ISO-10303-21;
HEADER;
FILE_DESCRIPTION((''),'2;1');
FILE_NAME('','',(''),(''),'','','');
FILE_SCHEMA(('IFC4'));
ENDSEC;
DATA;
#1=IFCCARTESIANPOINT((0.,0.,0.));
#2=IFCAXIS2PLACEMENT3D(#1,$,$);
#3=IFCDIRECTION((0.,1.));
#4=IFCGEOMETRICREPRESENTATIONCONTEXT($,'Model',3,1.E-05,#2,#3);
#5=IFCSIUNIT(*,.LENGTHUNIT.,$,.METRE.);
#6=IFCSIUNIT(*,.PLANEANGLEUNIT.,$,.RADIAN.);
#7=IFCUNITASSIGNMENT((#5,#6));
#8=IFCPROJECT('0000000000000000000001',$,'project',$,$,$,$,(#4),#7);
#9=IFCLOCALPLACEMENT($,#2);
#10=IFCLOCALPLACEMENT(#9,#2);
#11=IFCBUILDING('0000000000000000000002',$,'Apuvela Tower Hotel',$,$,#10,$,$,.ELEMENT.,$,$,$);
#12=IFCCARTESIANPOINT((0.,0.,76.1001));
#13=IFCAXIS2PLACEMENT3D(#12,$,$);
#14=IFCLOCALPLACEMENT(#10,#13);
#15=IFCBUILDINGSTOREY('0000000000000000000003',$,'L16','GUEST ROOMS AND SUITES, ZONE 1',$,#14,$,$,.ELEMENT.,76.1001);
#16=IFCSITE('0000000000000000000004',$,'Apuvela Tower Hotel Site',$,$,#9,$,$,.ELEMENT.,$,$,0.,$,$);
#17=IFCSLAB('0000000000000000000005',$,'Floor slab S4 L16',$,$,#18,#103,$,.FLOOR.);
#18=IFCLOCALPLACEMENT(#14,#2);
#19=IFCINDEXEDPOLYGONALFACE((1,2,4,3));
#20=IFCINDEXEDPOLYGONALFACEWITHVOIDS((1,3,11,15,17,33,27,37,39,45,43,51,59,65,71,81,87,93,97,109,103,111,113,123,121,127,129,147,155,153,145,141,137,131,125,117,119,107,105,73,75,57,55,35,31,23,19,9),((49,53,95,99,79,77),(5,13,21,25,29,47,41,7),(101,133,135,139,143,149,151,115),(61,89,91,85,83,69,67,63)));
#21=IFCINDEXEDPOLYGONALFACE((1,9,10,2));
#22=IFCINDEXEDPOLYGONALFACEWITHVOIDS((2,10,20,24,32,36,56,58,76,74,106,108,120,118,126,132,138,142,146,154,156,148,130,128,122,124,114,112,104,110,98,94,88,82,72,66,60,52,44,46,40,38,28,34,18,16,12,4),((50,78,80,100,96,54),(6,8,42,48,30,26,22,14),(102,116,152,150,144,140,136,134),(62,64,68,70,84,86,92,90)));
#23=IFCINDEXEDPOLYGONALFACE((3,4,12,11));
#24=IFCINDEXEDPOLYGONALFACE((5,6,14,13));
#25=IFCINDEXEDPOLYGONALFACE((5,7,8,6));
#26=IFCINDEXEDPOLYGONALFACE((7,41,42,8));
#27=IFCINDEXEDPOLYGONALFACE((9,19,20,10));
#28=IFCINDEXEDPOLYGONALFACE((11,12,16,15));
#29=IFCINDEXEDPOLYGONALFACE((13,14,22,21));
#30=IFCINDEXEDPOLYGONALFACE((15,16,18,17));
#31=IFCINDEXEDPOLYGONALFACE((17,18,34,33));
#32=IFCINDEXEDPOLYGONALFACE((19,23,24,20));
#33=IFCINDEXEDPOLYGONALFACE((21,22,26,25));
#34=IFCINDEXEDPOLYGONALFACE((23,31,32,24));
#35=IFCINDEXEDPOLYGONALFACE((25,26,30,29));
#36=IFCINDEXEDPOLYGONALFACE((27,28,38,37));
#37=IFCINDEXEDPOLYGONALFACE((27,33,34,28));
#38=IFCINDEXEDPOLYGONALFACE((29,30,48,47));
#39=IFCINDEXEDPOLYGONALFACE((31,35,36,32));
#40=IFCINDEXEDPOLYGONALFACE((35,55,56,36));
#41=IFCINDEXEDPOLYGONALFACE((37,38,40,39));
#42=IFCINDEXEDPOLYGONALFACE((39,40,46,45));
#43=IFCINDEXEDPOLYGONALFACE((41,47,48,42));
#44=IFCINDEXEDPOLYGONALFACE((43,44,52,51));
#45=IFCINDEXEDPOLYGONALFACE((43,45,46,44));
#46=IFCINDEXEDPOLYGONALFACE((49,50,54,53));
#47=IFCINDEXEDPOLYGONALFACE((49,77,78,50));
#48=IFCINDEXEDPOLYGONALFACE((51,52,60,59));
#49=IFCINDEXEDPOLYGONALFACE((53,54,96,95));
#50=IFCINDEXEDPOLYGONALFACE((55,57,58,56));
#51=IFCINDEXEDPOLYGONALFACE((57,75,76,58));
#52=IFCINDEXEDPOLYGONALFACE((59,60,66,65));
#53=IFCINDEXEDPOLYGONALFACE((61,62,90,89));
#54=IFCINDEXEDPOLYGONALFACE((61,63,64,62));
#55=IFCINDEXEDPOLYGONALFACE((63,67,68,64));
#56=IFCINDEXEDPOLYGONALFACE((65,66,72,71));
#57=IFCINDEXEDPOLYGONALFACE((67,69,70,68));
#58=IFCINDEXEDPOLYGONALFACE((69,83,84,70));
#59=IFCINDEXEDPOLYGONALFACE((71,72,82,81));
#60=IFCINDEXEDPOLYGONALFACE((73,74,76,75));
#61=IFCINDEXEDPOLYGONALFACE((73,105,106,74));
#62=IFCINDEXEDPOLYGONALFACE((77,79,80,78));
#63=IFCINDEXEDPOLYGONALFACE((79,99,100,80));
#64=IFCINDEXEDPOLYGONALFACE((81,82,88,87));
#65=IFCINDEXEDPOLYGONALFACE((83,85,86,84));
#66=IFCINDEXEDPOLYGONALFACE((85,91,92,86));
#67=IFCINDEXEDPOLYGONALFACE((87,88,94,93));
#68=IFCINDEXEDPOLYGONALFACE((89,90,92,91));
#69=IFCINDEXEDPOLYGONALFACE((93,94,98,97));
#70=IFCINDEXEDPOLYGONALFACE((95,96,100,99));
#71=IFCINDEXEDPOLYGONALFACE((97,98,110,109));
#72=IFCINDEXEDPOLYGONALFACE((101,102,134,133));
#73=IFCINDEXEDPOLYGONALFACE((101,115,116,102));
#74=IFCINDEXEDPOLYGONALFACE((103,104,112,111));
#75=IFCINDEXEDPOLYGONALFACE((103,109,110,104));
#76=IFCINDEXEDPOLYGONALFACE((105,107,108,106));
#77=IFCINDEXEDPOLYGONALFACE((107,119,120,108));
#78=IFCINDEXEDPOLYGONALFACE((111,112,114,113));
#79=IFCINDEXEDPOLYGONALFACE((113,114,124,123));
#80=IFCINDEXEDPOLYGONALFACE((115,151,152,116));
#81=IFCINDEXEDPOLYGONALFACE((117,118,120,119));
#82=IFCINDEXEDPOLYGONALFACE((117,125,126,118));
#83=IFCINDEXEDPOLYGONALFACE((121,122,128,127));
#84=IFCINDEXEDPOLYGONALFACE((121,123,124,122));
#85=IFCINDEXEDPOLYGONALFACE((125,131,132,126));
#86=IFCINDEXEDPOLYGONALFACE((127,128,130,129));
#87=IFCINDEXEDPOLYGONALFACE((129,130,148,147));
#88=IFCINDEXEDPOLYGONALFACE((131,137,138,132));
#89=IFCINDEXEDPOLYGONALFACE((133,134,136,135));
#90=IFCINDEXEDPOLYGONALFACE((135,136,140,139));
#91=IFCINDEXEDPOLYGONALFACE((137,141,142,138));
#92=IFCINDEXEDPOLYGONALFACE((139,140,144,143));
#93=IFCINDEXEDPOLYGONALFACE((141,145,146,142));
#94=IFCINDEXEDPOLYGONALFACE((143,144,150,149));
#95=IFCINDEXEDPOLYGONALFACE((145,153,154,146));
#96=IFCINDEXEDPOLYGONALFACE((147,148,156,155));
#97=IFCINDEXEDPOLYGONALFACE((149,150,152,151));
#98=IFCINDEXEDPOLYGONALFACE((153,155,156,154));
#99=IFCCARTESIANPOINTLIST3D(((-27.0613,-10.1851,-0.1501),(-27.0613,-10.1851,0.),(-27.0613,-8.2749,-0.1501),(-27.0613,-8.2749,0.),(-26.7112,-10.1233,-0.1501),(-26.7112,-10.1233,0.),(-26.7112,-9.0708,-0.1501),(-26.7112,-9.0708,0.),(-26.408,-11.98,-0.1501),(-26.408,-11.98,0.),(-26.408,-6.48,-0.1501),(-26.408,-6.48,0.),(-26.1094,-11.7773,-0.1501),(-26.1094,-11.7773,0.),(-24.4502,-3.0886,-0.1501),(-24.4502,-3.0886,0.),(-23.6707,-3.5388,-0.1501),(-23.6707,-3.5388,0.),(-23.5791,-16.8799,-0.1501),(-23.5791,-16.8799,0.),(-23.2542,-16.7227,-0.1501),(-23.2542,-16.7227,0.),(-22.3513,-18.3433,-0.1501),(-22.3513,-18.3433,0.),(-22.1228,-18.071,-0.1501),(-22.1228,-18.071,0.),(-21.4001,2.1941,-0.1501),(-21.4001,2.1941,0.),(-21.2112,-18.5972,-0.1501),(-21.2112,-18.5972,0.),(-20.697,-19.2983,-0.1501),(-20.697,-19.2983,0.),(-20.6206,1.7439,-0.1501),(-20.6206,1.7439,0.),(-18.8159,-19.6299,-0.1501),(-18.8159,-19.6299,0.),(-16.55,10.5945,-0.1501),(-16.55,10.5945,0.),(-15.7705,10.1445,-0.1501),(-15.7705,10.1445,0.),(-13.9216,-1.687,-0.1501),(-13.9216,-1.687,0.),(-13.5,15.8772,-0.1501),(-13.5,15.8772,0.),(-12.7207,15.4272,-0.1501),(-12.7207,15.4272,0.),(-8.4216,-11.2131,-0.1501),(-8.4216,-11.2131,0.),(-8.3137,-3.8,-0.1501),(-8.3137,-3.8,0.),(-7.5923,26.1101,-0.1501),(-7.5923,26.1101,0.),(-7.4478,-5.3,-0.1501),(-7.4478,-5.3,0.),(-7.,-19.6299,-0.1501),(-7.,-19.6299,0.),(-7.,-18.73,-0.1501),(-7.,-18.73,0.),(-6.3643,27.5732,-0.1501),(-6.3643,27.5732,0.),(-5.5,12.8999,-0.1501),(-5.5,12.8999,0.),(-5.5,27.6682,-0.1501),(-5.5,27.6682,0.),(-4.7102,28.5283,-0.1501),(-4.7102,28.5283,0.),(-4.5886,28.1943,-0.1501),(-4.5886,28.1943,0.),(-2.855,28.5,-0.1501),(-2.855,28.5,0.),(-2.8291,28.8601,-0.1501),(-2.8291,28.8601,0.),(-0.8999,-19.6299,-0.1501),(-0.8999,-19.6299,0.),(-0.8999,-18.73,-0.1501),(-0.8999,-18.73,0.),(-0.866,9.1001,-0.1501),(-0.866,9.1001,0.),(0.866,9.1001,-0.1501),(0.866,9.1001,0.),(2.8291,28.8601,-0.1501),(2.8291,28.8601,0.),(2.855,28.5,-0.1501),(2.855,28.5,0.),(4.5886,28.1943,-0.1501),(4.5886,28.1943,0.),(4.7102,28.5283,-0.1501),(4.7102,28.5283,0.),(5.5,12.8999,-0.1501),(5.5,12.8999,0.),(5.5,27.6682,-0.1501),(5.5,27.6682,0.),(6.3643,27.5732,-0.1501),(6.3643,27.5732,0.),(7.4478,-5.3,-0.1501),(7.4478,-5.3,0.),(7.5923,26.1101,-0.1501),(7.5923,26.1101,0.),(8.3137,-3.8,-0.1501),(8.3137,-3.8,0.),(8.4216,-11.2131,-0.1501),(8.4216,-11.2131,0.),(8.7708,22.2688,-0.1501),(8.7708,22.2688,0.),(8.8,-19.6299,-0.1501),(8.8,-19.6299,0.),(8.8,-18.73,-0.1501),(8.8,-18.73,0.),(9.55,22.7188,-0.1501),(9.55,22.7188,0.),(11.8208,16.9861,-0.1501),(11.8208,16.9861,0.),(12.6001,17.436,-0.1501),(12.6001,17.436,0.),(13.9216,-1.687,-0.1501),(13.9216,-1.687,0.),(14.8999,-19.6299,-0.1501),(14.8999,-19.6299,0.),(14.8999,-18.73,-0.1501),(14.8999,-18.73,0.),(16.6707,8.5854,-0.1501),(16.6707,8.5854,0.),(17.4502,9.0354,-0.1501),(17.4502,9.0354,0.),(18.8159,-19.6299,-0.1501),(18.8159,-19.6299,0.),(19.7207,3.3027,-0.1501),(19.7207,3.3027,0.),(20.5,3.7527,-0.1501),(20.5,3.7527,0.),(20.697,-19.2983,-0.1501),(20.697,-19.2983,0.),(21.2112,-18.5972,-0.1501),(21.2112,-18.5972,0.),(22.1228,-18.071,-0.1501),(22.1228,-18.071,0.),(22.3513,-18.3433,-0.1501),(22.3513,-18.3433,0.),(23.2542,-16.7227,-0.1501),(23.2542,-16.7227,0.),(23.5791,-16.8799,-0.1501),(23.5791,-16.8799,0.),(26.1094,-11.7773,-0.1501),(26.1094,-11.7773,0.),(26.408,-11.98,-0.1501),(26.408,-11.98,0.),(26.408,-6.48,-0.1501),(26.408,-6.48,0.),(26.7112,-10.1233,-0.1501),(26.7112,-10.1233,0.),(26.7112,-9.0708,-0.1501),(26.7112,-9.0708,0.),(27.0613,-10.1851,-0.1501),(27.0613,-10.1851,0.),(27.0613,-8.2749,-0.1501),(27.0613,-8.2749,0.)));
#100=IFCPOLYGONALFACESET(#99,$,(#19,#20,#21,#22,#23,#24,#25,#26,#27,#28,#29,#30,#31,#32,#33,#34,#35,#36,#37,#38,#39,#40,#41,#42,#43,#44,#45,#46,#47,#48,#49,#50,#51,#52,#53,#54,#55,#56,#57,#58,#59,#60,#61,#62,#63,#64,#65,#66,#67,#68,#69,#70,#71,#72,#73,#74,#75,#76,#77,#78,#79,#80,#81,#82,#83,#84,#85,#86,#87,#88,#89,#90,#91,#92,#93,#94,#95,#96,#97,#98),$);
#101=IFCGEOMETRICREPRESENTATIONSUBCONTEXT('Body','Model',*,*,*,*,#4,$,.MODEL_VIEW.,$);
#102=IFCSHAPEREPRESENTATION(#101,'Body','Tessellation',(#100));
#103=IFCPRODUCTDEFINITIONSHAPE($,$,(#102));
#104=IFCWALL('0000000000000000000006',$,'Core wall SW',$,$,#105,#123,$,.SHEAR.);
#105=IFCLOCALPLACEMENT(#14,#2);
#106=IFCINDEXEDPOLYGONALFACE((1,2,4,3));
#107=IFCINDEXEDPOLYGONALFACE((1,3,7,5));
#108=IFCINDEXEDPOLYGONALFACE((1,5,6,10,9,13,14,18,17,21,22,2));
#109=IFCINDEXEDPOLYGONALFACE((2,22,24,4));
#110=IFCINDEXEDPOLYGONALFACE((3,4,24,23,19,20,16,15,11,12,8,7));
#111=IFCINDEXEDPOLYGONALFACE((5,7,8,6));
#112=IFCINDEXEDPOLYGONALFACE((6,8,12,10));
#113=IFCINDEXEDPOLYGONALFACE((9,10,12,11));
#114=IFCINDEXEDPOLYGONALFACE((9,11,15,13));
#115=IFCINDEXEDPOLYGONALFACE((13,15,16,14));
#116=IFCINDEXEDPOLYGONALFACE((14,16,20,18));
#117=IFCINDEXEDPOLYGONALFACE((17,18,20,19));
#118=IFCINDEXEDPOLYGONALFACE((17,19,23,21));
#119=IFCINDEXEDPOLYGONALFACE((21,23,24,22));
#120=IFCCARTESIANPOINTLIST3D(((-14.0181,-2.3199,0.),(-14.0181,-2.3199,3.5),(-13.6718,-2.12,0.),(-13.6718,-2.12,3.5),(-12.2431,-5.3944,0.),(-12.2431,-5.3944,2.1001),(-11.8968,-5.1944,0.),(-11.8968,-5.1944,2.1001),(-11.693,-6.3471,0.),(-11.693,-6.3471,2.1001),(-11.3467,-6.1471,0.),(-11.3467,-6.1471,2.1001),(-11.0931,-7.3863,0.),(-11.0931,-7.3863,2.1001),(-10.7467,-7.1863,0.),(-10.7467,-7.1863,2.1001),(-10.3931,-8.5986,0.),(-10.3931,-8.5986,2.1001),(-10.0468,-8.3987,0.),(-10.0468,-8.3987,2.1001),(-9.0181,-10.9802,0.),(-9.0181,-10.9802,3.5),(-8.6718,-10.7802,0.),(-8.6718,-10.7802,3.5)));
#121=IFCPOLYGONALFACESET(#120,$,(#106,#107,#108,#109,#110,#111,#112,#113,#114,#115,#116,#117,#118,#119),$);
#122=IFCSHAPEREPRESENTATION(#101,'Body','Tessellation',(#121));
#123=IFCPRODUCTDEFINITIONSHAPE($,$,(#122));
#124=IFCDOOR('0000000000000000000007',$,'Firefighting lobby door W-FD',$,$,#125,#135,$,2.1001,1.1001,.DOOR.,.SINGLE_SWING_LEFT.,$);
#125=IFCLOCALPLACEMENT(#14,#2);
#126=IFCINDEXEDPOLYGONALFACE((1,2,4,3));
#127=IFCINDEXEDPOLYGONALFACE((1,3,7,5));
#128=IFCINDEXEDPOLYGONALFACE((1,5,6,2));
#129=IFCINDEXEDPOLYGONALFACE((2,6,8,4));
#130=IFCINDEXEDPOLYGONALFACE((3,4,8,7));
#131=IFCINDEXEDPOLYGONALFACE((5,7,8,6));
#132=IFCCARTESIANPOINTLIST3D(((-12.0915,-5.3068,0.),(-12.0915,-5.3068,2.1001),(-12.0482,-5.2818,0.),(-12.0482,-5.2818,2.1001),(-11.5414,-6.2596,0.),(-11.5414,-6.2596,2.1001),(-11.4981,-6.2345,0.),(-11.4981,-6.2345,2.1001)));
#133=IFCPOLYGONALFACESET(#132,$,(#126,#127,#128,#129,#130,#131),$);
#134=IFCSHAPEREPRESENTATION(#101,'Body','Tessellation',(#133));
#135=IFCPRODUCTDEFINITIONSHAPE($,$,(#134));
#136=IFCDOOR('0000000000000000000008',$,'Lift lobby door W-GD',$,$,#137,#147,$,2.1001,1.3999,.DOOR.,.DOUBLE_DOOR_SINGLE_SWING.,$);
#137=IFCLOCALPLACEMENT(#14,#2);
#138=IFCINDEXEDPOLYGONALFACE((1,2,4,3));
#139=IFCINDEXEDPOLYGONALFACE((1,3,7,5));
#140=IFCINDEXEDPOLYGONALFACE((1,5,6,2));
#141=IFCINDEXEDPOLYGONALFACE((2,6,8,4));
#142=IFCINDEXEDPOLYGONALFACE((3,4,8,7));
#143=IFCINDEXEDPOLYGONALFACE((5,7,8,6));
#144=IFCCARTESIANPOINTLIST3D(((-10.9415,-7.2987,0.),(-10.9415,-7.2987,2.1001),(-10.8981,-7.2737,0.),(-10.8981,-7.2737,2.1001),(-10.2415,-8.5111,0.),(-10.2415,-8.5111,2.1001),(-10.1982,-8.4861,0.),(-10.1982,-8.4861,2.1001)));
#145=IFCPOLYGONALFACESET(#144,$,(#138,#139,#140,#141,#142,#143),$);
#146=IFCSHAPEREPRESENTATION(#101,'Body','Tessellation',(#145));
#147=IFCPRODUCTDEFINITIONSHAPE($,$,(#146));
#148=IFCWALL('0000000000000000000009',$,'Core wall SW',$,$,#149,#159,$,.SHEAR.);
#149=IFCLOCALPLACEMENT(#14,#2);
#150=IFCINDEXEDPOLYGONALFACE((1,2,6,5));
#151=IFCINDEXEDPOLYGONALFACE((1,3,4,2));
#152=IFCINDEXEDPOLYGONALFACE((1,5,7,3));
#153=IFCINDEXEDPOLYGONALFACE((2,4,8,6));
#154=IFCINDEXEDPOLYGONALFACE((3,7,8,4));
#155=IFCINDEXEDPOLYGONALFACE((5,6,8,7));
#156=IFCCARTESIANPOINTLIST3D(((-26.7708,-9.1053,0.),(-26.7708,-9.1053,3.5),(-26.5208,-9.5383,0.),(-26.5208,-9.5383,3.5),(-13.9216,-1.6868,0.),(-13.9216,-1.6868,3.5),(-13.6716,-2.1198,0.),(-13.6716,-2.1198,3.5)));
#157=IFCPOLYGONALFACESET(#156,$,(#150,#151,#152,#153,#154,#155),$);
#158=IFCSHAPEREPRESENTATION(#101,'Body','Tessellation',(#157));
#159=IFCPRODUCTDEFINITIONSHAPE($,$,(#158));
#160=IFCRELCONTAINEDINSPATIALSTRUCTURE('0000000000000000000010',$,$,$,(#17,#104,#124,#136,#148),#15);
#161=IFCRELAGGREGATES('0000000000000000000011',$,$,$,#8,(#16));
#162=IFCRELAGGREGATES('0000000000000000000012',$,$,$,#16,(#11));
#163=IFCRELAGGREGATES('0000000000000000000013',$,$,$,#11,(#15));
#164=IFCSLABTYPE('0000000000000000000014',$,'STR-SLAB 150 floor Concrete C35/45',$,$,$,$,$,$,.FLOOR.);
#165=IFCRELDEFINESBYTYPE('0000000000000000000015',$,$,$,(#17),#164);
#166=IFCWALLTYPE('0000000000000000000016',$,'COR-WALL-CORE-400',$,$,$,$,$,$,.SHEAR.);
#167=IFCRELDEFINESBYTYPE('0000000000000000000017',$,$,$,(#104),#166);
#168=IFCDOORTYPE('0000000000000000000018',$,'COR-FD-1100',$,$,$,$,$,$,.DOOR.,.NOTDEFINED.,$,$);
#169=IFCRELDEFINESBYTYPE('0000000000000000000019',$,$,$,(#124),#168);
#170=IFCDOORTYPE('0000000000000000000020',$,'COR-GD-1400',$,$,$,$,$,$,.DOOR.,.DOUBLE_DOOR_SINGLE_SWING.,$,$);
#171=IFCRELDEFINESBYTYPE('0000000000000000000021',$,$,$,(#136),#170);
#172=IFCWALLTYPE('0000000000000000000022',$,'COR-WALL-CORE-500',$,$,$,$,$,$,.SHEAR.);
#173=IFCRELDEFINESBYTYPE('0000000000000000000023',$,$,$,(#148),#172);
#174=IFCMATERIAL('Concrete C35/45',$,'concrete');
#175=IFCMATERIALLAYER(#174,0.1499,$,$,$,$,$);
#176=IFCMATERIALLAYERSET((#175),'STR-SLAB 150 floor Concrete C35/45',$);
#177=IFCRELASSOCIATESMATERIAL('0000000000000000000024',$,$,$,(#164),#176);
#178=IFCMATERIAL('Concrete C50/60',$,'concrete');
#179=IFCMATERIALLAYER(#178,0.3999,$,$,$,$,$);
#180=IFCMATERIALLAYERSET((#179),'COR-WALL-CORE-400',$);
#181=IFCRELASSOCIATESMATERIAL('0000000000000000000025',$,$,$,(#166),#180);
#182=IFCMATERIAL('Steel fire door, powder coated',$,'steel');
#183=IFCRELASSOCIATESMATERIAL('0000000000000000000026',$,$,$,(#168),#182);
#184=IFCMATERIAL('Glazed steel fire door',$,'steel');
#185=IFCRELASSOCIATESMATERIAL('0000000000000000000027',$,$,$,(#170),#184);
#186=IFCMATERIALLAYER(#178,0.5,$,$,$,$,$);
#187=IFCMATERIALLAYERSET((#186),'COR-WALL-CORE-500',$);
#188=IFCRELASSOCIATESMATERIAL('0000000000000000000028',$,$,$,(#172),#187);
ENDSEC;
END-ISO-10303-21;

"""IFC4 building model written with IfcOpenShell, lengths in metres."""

from ifc_helpers import new_model, si_unit, direction, frame, frame_2d, origin, place, context, subcontext, project, spatial, polyline, rectangle, outline, extrude, material, layer, layer_set, type_object, element, fill, save


model = new_model("IFC4")

# Units and contexts
model_context = context("Model", 3, precision=1e-05, world=origin(), true_north=direction((0.0, 1.0)))
body_context = subcontext(model_context, "Body", "Model", "MODEL_VIEW")
ifc_project = project(units=[si_unit("LENGTHUNIT", "METRE"), si_unit("PLANEANGLEUNIT", "RADIAN")], contexts=[model_context])

# Site, building, storey
site_placement = place(None, origin())
site = spatial("IfcSite", under=ifc_project, at=site_placement, Name="Apuvela Tower Hotel Site", CompositionType="ELEMENT", RefElevation=0.0)
building_placement = place(site_placement, origin())
building = spatial("IfcBuilding", under=site, at=building_placement, Name="Apuvela Tower Hotel", CompositionType="ELEMENT")
storey_placement = place(building_placement, frame((0.0, 0.0, 76.1001)))
storey = spatial("IfcBuildingStorey", under=building, at=storey_placement, Name="L16", Description="GUEST ROOMS AND SUITES, ZONE 1", CompositionType="ELEMENT", Elevation=76.1001)

# Slab
ifc_material_1 = material(Name="Concrete C35/45", Category="concrete")
ifc_layer_1 = layer(ifc_material_1, 0.1499)
ifc_layer_set_1 = layer_set([ifc_layer_1], Name="STR-SLAB 150 floor Concrete C35/45")
slab_type_1 = type_object("IfcSlabType", Name="STR-SLAB 150 floor Concrete C35/45", PredefinedType="FLOOR", material=ifc_layer_set_1)
slab_1_placement = place(storey_placement, frame((0.0, 0.0, -0.1501)))
element("IfcSlab", 1, at=slab_1_placement, inside=storey, type_object=slab_type_1, Name="Floor slab S4 L16", PredefinedType="FLOOR", context=body_context, shape_type="SweptSolid", body=[
    extrude(outline(polyline([(-6.3643, 27.5732), (-4.7102, 28.5283), (-2.8291, 28.8601), (2.8291, 28.8601), (4.7102, 28.5283), (6.3643, 27.5732), (7.5923, 26.1101), (9.55, 22.7188), (8.7708, 22.2688), (11.8208, 16.9861), (12.6001, 17.436), (17.4502, 9.0354), (16.6707, 8.5854), (19.7207, 3.3027), (20.5, 3.7527), (26.408, -6.48), (27.0613, -8.2749), (27.0613, -10.1851), (26.408, -11.98), (23.5791, -16.8799), (22.3513, -18.3433), (20.697, -19.2983), (18.8159, -19.6299), (14.8999, -19.6299), (14.8999, -18.73), (8.8, -18.73), (8.8, -19.6299), (-0.8999, -19.6299), (-0.8999, -18.73), (-7.0, -18.73), (-7.0, -19.6299), (-18.8159, -19.6299), (-20.697, -19.2983), (-22.3513, -18.3433), (-23.5791, -16.8799), (-26.408, -11.98), (-27.0613, -10.1851), (-27.0613, -8.2749), (-26.408, -6.48), (-24.4502, -3.0886), (-23.6707, -3.5388), (-20.6206, 1.7439), (-21.4001, 2.1941), (-16.55, 10.5945), (-15.7705, 10.1445), (-12.7207, 15.4272), (-13.5, 15.8772), (-7.5923, 26.1101), (-6.3643, 27.5732)]), holes=[polyline([(0.866, 9.1001), (-0.866, 9.1001), (-8.3137, -3.8), (-7.4478, -5.3), (7.4478, -5.3), (8.3137, -3.8), (0.866, 9.1001)]), polyline([(-5.5, 12.8999), (-5.5, 27.6682), (-4.5886, 28.1943), (-2.855, 28.5), (2.855, 28.5), (4.5886, 28.1943), (5.5, 27.6682), (5.5, 12.8999), (-5.5, 12.8999)]), polyline([(-8.4216, -11.2131), (-21.2112, -18.5972), (-22.1228, -18.071), (-23.2542, -16.7227), (-26.1094, -11.7773), (-26.7112, -10.1233), (-26.7112, -9.0708), (-13.9216, -1.687), (-8.4216, -11.2131)]), polyline([(13.9216, -1.687), (26.7112, -9.0708), (26.7112, -10.1233), (26.1094, -11.7773), (23.2542, -16.7227), (22.1228, -18.071), (21.2112, -18.5972), (8.4216, -11.2131), (13.9216, -1.687)])]), origin(), (0.0, 0.0, 1.0), 0.1501),
])

# Wall, openings, doors
ifc_material_2 = material(Name="Concrete C50/60", Category="concrete")
ifc_layer_2 = layer(ifc_material_2, 0.3999)
ifc_layer_set_2 = layer_set([ifc_layer_2], Name="COR-WALL-CORE-400")
wall_type_1 = type_object("IfcWallType", Name="COR-WALL-CORE-400", PredefinedType="SHEAR", material=ifc_layer_set_2)
wall_1_placement = place(storey_placement, frame((-13.845, -2.22, 0.0), z_axis=(0.0, 0.0, 1.0), x_axis=(0.500004, -0.866023, 0.0)))
wall_1 = element("IfcWall", 2, at=wall_1_placement, inside=storey, type_object=wall_type_1, Name="Core wall SW", PredefinedType="SHEAR", context=body_context, shape_type="SweptSolid", body=[
    extrude(rectangle(XDim=10.0, YDim=0.3999, at=frame_2d((5.0, 0.0))), origin(), (0.0, 0.0, 1.0), 3.5),
])
opening_1_placement = place(wall_1_placement, frame((3.55, 0.0, 0.0)))
opening_1 = element("IfcOpeningElement", 3, at=opening_1_placement, cuts=wall_1, PredefinedType="OPENING", context=body_context, shape_type="SweptSolid", body=[
    extrude(rectangle(XDim=1.1001, YDim=2.1001, at=frame_2d((0.55, 1.05))), frame((0.0, 0.21, 0.0), z_axis=(0.0, -1.0, 0.0), x_axis=(1.0, 0.0, 0.0)), (0.0, 0.0, 1.0), 0.4199),
])
opening_2_placement = place(wall_1_placement, frame((5.8501, 0.0, 0.0)))
opening_2 = element("IfcOpeningElement", 4, at=opening_2_placement, cuts=wall_1, PredefinedType="OPENING", context=body_context, shape_type="SweptSolid", body=[
    extrude(rectangle(XDim=1.3999, YDim=2.1001, at=frame_2d((0.7, 1.05))), frame((0.0, 0.21, 0.0), z_axis=(0.0, -1.0, 0.0), x_axis=(1.0, 0.0, 0.0)), (0.0, 0.0, 1.0), 0.4199),
])
ifc_material_3 = material(Name="Steel fire door, powder coated", Category="steel")
door_type_1 = type_object("IfcDoorType", Name="COR-FD-1100", OperationType="NOTDEFINED", PredefinedType="DOOR", material=ifc_material_3)
door_1_placement = place(opening_1_placement, frame((1.1001, 0.0, 0.0), z_axis=(0.0, 0.0, 1.0), x_axis=(-1.0, 0.0, 0.0)))
door_1 = element("IfcDoor", 5, at=door_1_placement, inside=storey, type_object=door_type_1, Name="Firefighting lobby door W-FD", OperationType="SINGLE_SWING_LEFT", OverallHeight=2.1001, OverallWidth=1.1001, PredefinedType="DOOR", context=body_context, shape_type="SweptSolid", body=[
    extrude(rectangle(XDim=1.1001, YDim=2.1001, at=frame_2d((0.55, 1.05))), frame((0.0, 0.0249, 0.0), z_axis=(0.0, -1.0, 0.0), x_axis=(1.0, 0.0, 0.0)), (0.0, 0.0, 1.0), 0.05),
])
fill(opening_1, door_1)
ifc_material_4 = material(Name="Glazed steel fire door", Category="steel")
door_type_2 = type_object("IfcDoorType", Name="COR-GD-1400", OperationType="DOUBLE_DOOR_SINGLE_SWING", PredefinedType="DOOR", material=ifc_material_4)
door_2_placement = place(opening_2_placement, frame((1.3999, 0.0, 0.0), z_axis=(0.0, 0.0, 1.0), x_axis=(-1.0, 0.0, 0.0)))
door_2 = element("IfcDoor", 6, at=door_2_placement, inside=storey, type_object=door_type_2, Name="Lift lobby door W-GD", OperationType="DOUBLE_DOOR_SINGLE_SWING", OverallHeight=2.1001, OverallWidth=1.3999, PredefinedType="DOOR", context=body_context, shape_type="SweptSolid", body=[
    extrude(rectangle(XDim=1.3999, YDim=2.1001, at=frame_2d((0.7, 1.05))), frame((0.0, 0.0249, 0.0), z_axis=(0.0, -1.0, 0.0), x_axis=(1.0, 0.0, 0.0)), (0.0, 0.0, 1.0), 0.05),
])
fill(opening_2, door_2)

# Wall
ifc_layer_3 = layer(ifc_material_2, 0.5)
ifc_layer_set_3 = layer_set([ifc_layer_3], Name="COR-WALL-CORE-500")
wall_type_2 = type_object("IfcWallType", Name="COR-WALL-CORE-500", PredefinedType="SHEAR", material=ifc_layer_set_3)
wall_2_placement = place(storey_placement, frame((-13.7966, -1.9033, 0.0), z_axis=(0.0, 0.0, 1.0), x_axis=(-0.866025, -0.500001, 0.0)))
element("IfcWall", 7, at=wall_2_placement, inside=storey, type_object=wall_type_2, Name="Core wall SW", PredefinedType="SHEAR", context=body_context, shape_type="SweptSolid", body=[
    extrude(rectangle(XDim=14.8369, YDim=0.5, at=frame_2d((7.4185, 0.0))), origin(), (0.0, 0.0, 1.0), 3.5),
])

save(model, "model.ifc")
